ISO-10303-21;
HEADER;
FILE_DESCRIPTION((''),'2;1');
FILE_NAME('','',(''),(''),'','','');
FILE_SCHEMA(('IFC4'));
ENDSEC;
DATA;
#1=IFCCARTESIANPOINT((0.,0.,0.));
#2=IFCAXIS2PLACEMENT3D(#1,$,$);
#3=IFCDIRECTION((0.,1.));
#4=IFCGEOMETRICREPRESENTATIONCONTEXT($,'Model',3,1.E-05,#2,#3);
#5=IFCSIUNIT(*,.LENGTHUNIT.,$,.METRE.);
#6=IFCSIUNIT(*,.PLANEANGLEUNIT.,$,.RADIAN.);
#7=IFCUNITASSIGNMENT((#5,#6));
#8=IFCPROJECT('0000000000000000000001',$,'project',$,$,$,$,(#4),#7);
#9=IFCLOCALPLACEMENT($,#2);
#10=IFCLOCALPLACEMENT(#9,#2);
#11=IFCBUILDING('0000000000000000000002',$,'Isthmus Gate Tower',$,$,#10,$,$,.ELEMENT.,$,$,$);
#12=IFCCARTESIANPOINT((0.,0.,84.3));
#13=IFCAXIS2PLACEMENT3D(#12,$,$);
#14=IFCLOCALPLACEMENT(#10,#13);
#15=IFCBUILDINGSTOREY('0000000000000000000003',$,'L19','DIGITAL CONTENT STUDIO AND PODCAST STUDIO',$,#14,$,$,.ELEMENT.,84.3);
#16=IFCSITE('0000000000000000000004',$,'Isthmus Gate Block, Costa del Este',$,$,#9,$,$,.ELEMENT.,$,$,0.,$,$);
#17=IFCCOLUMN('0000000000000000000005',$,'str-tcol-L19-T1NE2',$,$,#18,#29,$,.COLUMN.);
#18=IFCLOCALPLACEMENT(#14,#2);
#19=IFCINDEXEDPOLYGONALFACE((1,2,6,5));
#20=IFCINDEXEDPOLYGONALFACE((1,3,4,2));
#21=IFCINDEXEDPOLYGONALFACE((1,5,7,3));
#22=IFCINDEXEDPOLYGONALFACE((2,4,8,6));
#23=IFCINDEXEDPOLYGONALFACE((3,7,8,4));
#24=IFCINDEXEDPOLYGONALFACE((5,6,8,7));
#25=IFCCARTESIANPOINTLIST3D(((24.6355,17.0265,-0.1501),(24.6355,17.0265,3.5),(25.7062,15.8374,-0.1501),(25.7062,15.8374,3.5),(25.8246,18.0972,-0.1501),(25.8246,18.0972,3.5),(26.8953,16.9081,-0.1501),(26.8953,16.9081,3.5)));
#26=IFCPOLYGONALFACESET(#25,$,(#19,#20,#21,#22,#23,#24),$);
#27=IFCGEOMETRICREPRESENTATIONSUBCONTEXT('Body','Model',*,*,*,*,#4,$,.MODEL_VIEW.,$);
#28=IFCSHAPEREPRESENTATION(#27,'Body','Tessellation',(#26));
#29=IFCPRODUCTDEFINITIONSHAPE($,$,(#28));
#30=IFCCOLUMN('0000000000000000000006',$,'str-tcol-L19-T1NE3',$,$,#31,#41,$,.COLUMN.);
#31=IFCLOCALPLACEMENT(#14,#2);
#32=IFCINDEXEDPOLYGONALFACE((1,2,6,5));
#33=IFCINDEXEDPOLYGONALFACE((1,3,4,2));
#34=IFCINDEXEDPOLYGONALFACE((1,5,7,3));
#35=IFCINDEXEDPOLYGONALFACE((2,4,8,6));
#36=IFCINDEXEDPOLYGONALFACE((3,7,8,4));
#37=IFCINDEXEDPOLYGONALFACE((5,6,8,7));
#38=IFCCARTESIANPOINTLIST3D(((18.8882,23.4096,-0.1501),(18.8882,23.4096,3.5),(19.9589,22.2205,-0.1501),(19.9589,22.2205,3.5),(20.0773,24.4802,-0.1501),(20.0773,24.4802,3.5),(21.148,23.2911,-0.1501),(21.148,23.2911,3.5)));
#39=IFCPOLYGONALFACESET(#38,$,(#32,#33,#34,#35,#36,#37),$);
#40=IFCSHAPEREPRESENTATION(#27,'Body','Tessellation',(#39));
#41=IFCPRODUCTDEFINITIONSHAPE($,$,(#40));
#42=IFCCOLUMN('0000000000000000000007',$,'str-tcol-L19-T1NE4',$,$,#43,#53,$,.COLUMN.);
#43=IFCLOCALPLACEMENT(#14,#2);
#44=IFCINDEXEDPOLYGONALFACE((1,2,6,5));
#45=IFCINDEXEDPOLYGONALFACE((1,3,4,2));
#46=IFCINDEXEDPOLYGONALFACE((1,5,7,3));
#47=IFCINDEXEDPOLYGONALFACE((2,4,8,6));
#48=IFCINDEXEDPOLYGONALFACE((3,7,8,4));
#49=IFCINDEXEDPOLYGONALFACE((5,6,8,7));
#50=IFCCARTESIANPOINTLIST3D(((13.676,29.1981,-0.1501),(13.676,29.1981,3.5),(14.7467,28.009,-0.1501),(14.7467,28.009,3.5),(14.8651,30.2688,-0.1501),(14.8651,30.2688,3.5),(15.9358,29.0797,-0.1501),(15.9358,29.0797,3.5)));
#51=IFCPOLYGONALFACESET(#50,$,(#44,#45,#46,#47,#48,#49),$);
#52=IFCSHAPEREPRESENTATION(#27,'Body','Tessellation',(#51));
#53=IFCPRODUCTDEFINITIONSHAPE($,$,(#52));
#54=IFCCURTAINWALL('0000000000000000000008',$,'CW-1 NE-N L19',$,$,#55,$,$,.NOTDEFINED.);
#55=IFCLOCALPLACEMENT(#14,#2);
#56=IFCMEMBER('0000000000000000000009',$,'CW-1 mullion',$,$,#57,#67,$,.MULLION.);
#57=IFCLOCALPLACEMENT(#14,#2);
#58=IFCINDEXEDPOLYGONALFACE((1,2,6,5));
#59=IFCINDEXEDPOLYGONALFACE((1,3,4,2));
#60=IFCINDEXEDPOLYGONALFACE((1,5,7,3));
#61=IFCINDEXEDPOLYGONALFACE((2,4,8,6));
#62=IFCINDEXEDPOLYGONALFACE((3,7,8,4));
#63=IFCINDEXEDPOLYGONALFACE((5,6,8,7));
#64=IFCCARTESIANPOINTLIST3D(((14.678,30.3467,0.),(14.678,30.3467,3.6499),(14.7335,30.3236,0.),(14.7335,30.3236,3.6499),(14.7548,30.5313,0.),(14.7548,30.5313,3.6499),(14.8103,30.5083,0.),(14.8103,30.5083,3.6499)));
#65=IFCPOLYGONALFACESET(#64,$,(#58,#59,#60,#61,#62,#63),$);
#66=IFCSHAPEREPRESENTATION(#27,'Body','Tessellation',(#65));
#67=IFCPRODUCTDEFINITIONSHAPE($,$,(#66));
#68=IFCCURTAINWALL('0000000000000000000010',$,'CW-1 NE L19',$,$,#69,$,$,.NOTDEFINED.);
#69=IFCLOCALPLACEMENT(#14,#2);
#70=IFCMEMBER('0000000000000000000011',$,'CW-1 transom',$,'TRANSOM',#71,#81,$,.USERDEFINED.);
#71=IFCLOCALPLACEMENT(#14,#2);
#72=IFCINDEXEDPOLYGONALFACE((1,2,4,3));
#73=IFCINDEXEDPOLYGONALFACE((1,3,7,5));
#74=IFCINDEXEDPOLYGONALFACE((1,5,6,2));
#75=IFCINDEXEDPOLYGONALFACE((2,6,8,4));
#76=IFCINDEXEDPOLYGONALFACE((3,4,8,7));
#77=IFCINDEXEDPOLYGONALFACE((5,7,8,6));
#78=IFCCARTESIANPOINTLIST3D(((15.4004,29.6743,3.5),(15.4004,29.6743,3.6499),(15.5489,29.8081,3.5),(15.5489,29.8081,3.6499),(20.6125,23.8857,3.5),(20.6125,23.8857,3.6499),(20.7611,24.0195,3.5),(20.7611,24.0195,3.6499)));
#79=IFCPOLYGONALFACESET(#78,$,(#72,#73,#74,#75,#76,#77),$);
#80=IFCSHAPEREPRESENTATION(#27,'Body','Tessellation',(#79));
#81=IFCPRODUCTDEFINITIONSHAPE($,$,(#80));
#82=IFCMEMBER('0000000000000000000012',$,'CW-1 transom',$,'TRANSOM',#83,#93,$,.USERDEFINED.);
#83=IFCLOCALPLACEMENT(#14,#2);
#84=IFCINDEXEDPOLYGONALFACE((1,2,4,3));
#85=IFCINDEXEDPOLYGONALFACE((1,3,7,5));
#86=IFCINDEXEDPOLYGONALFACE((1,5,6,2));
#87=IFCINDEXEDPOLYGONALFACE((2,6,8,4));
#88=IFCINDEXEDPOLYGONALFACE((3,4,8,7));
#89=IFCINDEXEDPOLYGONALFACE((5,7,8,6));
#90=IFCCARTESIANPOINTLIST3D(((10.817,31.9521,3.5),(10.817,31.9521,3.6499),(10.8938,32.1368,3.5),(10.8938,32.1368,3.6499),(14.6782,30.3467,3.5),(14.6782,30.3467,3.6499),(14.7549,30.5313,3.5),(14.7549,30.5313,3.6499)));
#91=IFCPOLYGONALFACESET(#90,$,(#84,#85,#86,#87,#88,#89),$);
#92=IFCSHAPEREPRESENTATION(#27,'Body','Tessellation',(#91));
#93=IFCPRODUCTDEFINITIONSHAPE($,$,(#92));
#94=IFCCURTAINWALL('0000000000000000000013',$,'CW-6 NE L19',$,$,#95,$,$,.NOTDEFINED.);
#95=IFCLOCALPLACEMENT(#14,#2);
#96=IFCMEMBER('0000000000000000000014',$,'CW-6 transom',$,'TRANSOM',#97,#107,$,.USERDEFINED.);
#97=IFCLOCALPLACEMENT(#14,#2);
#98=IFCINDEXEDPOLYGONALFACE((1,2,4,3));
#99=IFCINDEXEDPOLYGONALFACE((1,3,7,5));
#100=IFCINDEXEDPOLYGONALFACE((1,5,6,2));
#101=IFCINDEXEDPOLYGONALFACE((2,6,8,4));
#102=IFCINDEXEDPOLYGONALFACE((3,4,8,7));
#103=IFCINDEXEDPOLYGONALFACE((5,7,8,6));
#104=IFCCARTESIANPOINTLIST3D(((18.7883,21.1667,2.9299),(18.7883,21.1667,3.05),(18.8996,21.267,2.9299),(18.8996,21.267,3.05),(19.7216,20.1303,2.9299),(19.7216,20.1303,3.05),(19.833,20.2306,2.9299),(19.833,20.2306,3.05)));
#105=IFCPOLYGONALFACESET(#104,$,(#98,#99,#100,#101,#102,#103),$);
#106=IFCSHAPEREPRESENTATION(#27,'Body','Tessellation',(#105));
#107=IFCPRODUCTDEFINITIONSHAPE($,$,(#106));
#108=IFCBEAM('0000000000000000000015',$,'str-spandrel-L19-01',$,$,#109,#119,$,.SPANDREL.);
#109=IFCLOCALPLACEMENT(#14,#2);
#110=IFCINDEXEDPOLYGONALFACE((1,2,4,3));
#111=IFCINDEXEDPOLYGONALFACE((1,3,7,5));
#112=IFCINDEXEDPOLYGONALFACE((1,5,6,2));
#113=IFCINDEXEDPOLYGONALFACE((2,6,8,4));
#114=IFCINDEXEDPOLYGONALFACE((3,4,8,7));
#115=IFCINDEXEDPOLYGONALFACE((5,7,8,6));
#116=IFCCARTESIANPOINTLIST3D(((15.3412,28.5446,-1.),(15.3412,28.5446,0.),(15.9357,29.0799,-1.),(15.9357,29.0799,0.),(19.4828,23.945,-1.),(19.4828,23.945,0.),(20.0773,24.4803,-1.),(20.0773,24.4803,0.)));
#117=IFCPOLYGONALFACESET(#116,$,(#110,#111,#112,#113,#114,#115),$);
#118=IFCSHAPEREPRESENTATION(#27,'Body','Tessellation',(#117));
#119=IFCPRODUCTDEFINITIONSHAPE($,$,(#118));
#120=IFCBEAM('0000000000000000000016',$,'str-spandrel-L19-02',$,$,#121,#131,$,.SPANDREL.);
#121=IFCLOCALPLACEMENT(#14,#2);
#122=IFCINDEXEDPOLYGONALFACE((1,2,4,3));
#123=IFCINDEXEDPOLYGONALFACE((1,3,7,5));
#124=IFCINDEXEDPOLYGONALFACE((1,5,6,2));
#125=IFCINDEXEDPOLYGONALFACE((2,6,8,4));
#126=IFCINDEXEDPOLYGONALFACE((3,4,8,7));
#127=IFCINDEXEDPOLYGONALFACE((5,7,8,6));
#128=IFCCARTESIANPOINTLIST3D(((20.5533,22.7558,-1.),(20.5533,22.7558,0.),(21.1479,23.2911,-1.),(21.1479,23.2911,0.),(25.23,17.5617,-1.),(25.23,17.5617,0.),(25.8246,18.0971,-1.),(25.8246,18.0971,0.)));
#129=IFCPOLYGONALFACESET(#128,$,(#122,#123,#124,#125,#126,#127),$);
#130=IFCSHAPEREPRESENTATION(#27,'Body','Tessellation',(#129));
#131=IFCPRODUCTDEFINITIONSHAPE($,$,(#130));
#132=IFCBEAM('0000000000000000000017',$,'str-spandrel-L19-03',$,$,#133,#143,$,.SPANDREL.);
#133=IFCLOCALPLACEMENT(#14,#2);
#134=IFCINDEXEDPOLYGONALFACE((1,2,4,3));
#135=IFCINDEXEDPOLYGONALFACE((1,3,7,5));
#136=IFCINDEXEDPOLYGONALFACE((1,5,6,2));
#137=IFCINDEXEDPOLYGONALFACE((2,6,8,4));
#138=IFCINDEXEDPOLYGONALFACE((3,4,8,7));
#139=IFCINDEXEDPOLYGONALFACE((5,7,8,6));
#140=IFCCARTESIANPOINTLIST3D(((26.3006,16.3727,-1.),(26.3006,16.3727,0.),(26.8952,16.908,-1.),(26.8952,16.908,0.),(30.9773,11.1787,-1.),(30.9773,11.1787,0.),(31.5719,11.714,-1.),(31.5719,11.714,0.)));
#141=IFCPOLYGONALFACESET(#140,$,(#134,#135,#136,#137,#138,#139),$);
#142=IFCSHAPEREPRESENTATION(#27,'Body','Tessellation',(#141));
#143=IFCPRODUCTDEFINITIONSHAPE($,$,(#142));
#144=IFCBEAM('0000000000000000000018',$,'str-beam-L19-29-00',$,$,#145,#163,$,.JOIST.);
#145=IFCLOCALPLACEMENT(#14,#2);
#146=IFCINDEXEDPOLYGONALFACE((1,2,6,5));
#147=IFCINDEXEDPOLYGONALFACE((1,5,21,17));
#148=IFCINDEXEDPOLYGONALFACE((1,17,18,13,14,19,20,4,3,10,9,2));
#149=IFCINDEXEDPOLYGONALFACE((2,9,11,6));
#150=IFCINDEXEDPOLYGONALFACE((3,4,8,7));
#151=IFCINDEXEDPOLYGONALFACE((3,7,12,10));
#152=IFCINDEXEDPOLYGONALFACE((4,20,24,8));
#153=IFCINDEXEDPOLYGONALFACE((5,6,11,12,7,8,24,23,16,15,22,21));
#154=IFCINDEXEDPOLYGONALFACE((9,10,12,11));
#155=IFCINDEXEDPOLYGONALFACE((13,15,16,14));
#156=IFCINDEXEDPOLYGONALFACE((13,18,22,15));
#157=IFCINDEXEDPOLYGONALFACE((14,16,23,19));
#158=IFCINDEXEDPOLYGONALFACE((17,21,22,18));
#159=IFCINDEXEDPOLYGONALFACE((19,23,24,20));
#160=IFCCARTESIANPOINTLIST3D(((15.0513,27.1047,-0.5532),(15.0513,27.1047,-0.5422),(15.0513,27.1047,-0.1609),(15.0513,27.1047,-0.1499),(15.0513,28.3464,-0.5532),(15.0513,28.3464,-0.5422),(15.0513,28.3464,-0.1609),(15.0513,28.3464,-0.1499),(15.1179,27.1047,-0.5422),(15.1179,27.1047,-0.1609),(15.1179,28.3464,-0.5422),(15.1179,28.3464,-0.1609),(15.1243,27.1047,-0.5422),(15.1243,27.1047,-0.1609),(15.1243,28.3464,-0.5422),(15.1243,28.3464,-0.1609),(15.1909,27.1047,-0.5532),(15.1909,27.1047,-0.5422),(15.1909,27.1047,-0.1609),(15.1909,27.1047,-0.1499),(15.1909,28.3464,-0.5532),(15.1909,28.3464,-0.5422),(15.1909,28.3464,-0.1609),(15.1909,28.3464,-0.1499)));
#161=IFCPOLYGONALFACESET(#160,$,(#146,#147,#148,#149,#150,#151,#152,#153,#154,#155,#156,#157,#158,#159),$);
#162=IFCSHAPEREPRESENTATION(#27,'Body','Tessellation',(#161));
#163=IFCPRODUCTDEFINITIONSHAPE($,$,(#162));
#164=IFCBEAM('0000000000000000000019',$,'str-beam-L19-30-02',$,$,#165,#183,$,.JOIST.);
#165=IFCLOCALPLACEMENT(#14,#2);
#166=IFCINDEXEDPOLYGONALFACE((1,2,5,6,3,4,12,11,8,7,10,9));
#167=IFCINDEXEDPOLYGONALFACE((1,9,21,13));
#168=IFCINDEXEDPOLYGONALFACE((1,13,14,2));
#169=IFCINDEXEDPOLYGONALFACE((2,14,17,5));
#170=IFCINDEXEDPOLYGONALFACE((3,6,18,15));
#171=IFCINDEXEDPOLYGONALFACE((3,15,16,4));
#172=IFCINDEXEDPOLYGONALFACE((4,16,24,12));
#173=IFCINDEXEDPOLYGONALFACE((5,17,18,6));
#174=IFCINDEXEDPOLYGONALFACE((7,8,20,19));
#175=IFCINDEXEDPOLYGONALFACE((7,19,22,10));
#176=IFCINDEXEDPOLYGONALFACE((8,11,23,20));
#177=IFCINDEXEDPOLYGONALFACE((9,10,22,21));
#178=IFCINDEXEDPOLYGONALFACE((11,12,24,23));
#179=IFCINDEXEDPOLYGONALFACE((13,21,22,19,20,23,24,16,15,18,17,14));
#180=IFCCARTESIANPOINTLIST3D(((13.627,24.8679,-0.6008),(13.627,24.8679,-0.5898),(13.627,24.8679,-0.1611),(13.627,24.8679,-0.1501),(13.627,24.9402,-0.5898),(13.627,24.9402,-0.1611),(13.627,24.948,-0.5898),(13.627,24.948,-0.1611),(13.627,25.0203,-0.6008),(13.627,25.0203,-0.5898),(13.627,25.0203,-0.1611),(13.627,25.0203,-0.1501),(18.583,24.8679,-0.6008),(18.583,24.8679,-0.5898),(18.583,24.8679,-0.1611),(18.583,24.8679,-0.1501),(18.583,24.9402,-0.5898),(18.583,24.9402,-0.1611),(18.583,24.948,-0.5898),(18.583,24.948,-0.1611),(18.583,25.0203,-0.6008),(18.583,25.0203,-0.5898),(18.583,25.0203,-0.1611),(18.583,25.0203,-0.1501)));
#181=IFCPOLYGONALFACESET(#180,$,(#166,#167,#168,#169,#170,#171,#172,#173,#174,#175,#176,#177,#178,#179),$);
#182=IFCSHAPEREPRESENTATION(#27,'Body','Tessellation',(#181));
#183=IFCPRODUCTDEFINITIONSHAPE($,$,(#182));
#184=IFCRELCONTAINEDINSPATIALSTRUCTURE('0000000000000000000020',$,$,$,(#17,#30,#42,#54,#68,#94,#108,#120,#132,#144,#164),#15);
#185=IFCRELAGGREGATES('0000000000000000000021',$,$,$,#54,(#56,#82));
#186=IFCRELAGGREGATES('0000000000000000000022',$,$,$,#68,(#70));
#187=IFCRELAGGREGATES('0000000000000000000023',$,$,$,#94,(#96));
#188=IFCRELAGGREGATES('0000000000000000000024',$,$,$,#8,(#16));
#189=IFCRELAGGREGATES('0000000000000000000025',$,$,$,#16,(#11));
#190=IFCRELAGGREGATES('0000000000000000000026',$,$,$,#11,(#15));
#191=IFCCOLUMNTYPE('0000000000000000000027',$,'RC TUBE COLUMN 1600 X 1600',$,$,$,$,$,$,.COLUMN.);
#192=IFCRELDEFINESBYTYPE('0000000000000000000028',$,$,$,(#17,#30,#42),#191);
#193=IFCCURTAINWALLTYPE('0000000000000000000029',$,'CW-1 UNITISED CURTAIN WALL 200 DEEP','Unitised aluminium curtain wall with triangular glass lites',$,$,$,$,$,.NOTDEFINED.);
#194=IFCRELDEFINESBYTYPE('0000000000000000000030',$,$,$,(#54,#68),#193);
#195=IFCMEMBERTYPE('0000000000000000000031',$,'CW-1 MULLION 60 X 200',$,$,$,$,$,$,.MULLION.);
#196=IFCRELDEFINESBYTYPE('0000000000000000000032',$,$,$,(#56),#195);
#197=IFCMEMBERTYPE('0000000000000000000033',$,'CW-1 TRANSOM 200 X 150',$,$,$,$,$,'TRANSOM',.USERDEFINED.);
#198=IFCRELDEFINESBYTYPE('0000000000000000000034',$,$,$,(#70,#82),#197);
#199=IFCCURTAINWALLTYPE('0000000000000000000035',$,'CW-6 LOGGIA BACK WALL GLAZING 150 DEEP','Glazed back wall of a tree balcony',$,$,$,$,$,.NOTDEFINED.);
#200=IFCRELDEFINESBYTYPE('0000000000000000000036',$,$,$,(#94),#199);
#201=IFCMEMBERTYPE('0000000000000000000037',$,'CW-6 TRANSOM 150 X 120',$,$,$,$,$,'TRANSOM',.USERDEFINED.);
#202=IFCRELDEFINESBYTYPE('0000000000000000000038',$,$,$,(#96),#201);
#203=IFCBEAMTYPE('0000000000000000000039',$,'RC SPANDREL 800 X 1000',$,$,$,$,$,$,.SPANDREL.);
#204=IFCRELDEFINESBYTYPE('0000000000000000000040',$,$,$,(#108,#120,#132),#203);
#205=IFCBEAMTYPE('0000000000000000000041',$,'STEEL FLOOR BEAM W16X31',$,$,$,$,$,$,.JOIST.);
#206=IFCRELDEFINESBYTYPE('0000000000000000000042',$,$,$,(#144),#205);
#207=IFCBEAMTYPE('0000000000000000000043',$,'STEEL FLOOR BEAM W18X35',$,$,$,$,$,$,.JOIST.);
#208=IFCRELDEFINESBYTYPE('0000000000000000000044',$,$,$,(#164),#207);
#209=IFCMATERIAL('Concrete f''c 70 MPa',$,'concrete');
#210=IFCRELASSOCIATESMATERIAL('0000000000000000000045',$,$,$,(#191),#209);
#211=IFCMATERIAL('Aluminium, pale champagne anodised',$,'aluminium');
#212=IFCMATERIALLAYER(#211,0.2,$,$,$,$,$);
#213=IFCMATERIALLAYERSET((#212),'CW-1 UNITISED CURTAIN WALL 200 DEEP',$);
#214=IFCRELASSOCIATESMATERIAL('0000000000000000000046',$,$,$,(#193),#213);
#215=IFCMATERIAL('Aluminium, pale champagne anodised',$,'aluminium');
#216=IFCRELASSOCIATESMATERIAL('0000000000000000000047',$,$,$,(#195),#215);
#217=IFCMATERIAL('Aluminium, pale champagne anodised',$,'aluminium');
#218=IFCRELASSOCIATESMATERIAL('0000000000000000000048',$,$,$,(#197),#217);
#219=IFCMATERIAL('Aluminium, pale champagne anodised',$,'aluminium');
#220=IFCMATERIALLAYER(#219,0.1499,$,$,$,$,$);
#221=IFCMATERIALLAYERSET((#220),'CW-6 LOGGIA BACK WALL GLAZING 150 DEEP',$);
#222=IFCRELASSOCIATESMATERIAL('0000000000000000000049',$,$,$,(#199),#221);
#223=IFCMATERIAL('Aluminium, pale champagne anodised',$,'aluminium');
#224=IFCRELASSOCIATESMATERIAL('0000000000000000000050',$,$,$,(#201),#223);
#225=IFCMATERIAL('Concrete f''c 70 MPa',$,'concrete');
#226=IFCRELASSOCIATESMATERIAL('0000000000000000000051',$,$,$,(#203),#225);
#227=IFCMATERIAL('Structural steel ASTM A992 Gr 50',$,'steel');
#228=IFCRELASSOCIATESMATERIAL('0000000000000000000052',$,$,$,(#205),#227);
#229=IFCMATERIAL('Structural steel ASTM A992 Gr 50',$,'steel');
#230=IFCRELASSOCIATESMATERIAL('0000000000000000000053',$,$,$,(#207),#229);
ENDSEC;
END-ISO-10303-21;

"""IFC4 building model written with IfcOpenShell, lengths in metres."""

from ifc_helpers import new_model, si_unit, direction, frame, origin, origin_2d, place, context, subcontext, project, spatial, rectangle, i_section, extrude, material, layer, layer_set, material_profile, profile_set, type_object, element, aggregate, save


model = new_model("IFC4")

# Units and contexts
model_context = context("Model", 3, precision=1e-05, world=origin(), true_north=direction((0.0, 1.0)))
body_context = subcontext(model_context, "Body", "Model", "MODEL_VIEW")
ifc_project = project(units=[si_unit("LENGTHUNIT", "METRE"), si_unit("PLANEANGLEUNIT", "RADIAN")], contexts=[model_context])

# Site, building, storey
site_placement = place(None, origin())
site = spatial("IfcSite", under=ifc_project, at=site_placement, Name="Isthmus Gate Block, Costa del Este", CompositionType="ELEMENT", RefElevation=0.0)
building_placement = place(site_placement, origin())
building = spatial("IfcBuilding", under=site, at=building_placement, Name="Isthmus Gate Tower", CompositionType="ELEMENT")
storey_placement = place(building_placement, frame((0.0, 0.0, 84.3)))
storey = spatial("IfcBuildingStorey", under=building, at=storey_placement, Name="L19", Description="DIGITAL CONTENT STUDIO AND PODCAST STUDIO", CompositionType="ELEMENT", Elevation=84.3)

# Columns
ifc_material_1 = material(Name="Concrete f'c 70 MPa", Category="concrete")
ifc_material_profile_1 = material_profile(ifc_material_1, rectangle(XDim=1.6001, YDim=1.6001, at=origin_2d()), Name="RC 1600X1600")
ifc_profile_set_1 = profile_set([ifc_material_profile_1], Name="Concrete f'c 70 MPa")
column_type = type_object("IfcColumnType", Name="RC TUBE COLUMN 1600 X 1600", PredefinedType="COLUMN", material=ifc_profile_set_1)
for number, where, z_axis, x_axis, name in (
    (1, (25.7654, 16.9673, -0.1501), (0.0, 0.0, 1.0), (-0.669131, 0.743145, 0.0), "str-tcol-L19-T1NE2"),
    (2, (20.0181, 23.3503, -0.1501), (0.0, 0.0, 1.0), (-0.669131, 0.743145, 0.0), "str-tcol-L19-T1NE3"),
    (3, (14.8059, 29.1389, -0.1501), (0.0, 0.0, 1.0), (-0.669131, 0.743145, 0.0), "str-tcol-L19-T1NE4"),
):
    element("IfcColumn", number, at=place(storey_placement, frame(where, z_axis=z_axis, x_axis=x_axis)), inside=storey, type_object=column_type, Name=name, PredefinedType="COLUMN", context=body_context, shape_type="SweptSolid", body=[
        extrude(rectangle(XDim=1.6001, YDim=1.6001, at=origin_2d()), origin(), (0.0, 0.0, 1.0), 3.6501),
    ])

# Curtain walls, members
ifc_material_2 = material(Name="Aluminium, pale champagne anodised", Category="aluminium")
ifc_layer_1 = layer(ifc_material_2, 0.2)
ifc_layer_set_1 = layer_set([ifc_layer_1], Name="CW-1 UNITISED CURTAIN WALL 200 DEEP")
curtain_wall_type_1 = type_object("IfcCurtainWallType", Name="CW-1 UNITISED CURTAIN WALL 200 DEEP", Description="Unitised aluminium curtain wall with triangular glass lites", PredefinedType="NOTDEFINED", material=ifc_layer_set_1)
curtain_wall_1_placement = place(storey_placement, origin())
curtain_wall_1 = element("IfcCurtainWall", 4, at=curtain_wall_1_placement, inside=storey, type_object=curtain_wall_type_1, Name="CW-1 NE-N L19", PredefinedType="NOTDEFINED")
ifc_material_3 = material(Name="Aluminium, pale champagne anodised", Category="aluminium")
ifc_material_profile_2 = material_profile(ifc_material_3, rectangle(XDim=0.0601, YDim=0.2, at=origin_2d()), Name="60x200")
ifc_profile_set_2 = profile_set([ifc_material_profile_2], Name="Aluminium, pale champagne anodised")
member_type_1 = type_object("IfcMemberType", Name="CW-1 MULLION 60 X 200", PredefinedType="MULLION", material=ifc_profile_set_2)
member_1_placement = place(storey_placement, frame((14.7441, 30.4275, 0.0), z_axis=(0.0, 0.0, 1.0), x_axis=(-0.923353, 0.383952, 0.0)))
member_1 = element("IfcMember", 5, at=member_1_placement, type_object=member_type_1, Name="CW-1 mullion", PredefinedType="MULLION", context=body_context, shape_type="SweptSolid", body=[
    extrude(rectangle(XDim=0.0601, YDim=0.2, at=origin_2d()), origin(), (0.0, 0.0, 1.0), 3.6499),
])
curtain_wall_2_placement = place(storey_placement, origin())
curtain_wall_2 = element("IfcCurtainWall", 6, at=curtain_wall_2_placement, inside=storey, type_object=curtain_wall_type_1, Name="CW-1 NE L19", PredefinedType="NOTDEFINED")
ifc_material_4 = material(Name="Aluminium, pale champagne anodised", Category="aluminium")
ifc_material_profile_3 = material_profile(ifc_material_4, rectangle(XDim=0.2, YDim=0.1499, at=origin_2d()), Name="200x150")
ifc_profile_set_3 = profile_set([ifc_material_profile_3], Name="Aluminium, pale champagne anodised")
member_type_2 = type_object("IfcMemberType", Name="CW-1 TRANSOM 200 X 150", ElementType="TRANSOM", PredefinedType="USERDEFINED", material=ifc_profile_set_3)
member_2_placement = place(storey_placement, frame((20.6868, 23.9526, 3.575), z_axis=(-0.669138, 0.743138, 0.0), x_axis=(-0.743138, -0.669138, 0.0)))
member_2 = element("IfcMember", 7, at=member_2_placement, type_object=member_type_2, Name="CW-1 transom", ObjectType="TRANSOM", PredefinedType="USERDEFINED", context=body_context, shape_type="SweptSolid", body=[
    extrude(rectangle(XDim=0.2, YDim=0.1499, at=origin_2d()), origin(), (0.0, 0.0, 1.0), 7.7893),
])

# Member
member_3_placement = place(storey_placement, frame((14.7166, 30.439, 3.575), z_axis=(-0.923358, 0.38394, 0.0), x_axis=(-0.38394, -0.923358, 0.0)))
member_3 = element("IfcMember", 8, at=member_3_placement, type_object=member_type_2, Name="CW-1 transom", ObjectType="TRANSOM", PredefinedType="USERDEFINED", context=body_context, shape_type="SweptSolid", body=[
    extrude(rectangle(XDim=0.2, YDim=0.1499, at=origin_2d()), origin(), (0.0, 0.0, 1.0), 4.1816),
])
aggregate(curtain_wall_1, [member_1, member_3])

# Curtain wall, member
ifc_material_5 = material(Name="Aluminium, pale champagne anodised", Category="aluminium")
ifc_layer_2 = layer(ifc_material_5, 0.1499)
ifc_layer_set_2 = layer_set([ifc_layer_2], Name="CW-6 LOGGIA BACK WALL GLAZING 150 DEEP")
curtain_wall_type_2 = type_object("IfcCurtainWallType", Name="CW-6 LOGGIA BACK WALL GLAZING 150 DEEP", Description="Glazed back wall of a tree balcony", PredefinedType="NOTDEFINED", material=ifc_layer_set_2)
curtain_wall_3_placement = place(storey_placement, origin())
curtain_wall_3 = element("IfcCurtainWall", 9, at=curtain_wall_3_placement, inside=storey, type_object=curtain_wall_type_2, Name="CW-6 NE L19", PredefinedType="NOTDEFINED")
ifc_material_6 = material(Name="Aluminium, pale champagne anodised", Category="aluminium")
ifc_material_profile_4 = material_profile(ifc_material_6, rectangle(XDim=0.1499, YDim=0.1201, at=origin_2d()), Name="150x120")
ifc_profile_set_4 = profile_set([ifc_material_profile_4], Name="Aluminium, pale champagne anodised")
member_type_3 = type_object("IfcMemberType", Name="CW-6 TRANSOM 150 X 120", ElementType="TRANSOM", PredefinedType="USERDEFINED", material=ifc_profile_set_4)
member_4_placement = place(storey_placement, frame((19.7773, 20.1804, 2.99), z_axis=(-0.669206, 0.743077, 0.0), x_axis=(-0.743077, -0.669206, 0.0)))
member_4 = element("IfcMember", 10, at=member_4_placement, type_object=member_type_3, Name="CW-6 transom", ObjectType="TRANSOM", PredefinedType="USERDEFINED", context=body_context, shape_type="SweptSolid", body=[
    extrude(rectangle(XDim=0.1499, YDim=0.1201, at=origin_2d()), origin(), (0.0, 0.0, 1.0), 1.3948),
])

# Beams
ifc_material_7 = material(Name="Concrete f'c 70 MPa", Category="concrete")
ifc_material_profile_5 = material_profile(ifc_material_7, rectangle(XDim=0.8, YDim=1.0, at=origin_2d()), Name="RC 800X1000")
ifc_profile_set_5 = profile_set([ifc_material_profile_5], Name="Concrete f'c 70 MPa")
beam_type_1 = type_object("IfcBeamType", Name="RC SPANDREL 800 X 1000", PredefinedType="SPANDREL", material=ifc_profile_set_5)
beam_1_placement = place(storey_placement, frame((15.6384, 28.8123, -0.5), z_axis=(0.669139, -0.743137, 0.0), x_axis=(0.743137, 0.669139, 0.0)))
element("IfcBeam", 11, at=beam_1_placement, inside=storey, type_object=beam_type_1, Name="str-spandrel-L19-01", PredefinedType="SPANDREL", context=body_context, shape_type="SweptSolid", body=[
    extrude(rectangle(XDim=0.8, YDim=1.0, at=origin_2d()), origin(), (0.0, 0.0, 1.0), 6.1895),
])
for number, where, z_axis, x_axis, name in (
    (12, (20.8506, 23.0234, -0.5), (0.669129, -0.743146, 0.0), (0.743146, 0.669129, 0.0), "str-spandrel-L19-02"),
    (13, (26.5979, 16.6404, -0.5), (0.669129, -0.743146, 0.0), (0.743146, 0.669129, 0.0), "str-spandrel-L19-03"),
):
    element("IfcBeam", number, at=place(storey_placement, frame(where, z_axis=z_axis, x_axis=x_axis)), inside=storey, type_object=beam_type_1, Name=name, PredefinedType="SPANDREL", context=body_context, shape_type="SweptSolid", body=[
        extrude(rectangle(XDim=0.8, YDim=1.0, at=origin_2d()), origin(), (0.0, 0.0, 1.0), 6.9893),
    ])
ifc_material_8 = material(Name="Structural steel ASTM A992 Gr 50", Category="steel")
ifc_material_profile_6 = material_profile(ifc_material_8, i_section(OverallWidth=0.1396, OverallDepth=0.4033, WebThickness=0.0063, FlangeThickness=0.011, at=origin_2d()), Name="W16X31")
ifc_profile_set_6 = profile_set([ifc_material_profile_6], Name="Structural steel ASTM A992 Gr 50")
beam_type_2 = type_object("IfcBeamType", Name="STEEL FLOOR BEAM W16X31", PredefinedType="JOIST", material=ifc_profile_set_6)
beam_2_placement = place(storey_placement, frame((15.1211, 27.1047, -0.3516), z_axis=(0.0, 1.0, 0.0), x_axis=(-1.0, 0.0, 0.0)))
element("IfcBeam", 14, at=beam_2_placement, inside=storey, type_object=beam_type_2, Name="str-beam-L19-29-00", PredefinedType="JOIST", context=body_context, shape_type="SweptSolid", body=[
    extrude(i_section(OverallWidth=0.1396, OverallDepth=0.4033, WebThickness=0.0063, FlangeThickness=0.011, at=origin_2d()), origin(), (0.0, 0.0, 1.0), 1.2417),
])
ifc_material_9 = material(Name="Structural steel ASTM A992 Gr 50", Category="steel")
ifc_material_profile_7 = material_profile(ifc_material_9, i_section(OverallWidth=0.1523, OverallDepth=0.4507, WebThickness=0.0078, FlangeThickness=0.011, at=origin_2d()), Name="W18X35")
ifc_profile_set_7 = profile_set([ifc_material_profile_7], Name="Structural steel ASTM A992 Gr 50")
beam_type_3 = type_object("IfcBeamType", Name="STEEL FLOOR BEAM W18X35", PredefinedType="JOIST", material=ifc_profile_set_7)
beam_3_placement = place(storey_placement, frame((13.627, 24.9441, -0.3755), z_axis=(1.0, 0.0, 0.0), x_axis=(0.0, 1.0, 0.0)))
element("IfcBeam", 15, at=beam_3_placement, inside=storey, type_object=beam_type_3, Name="str-beam-L19-30-02", PredefinedType="JOIST", context=body_context, shape_type="SweptSolid", body=[
    extrude(i_section(OverallWidth=0.1523, OverallDepth=0.4507, WebThickness=0.0078, FlangeThickness=0.011, at=origin_2d()), origin(), (0.0, 0.0, 1.0), 4.9561),
])

aggregate(curtain_wall_2, [member_2])
aggregate(curtain_wall_3, [member_4])

save(model, "model.ifc")
